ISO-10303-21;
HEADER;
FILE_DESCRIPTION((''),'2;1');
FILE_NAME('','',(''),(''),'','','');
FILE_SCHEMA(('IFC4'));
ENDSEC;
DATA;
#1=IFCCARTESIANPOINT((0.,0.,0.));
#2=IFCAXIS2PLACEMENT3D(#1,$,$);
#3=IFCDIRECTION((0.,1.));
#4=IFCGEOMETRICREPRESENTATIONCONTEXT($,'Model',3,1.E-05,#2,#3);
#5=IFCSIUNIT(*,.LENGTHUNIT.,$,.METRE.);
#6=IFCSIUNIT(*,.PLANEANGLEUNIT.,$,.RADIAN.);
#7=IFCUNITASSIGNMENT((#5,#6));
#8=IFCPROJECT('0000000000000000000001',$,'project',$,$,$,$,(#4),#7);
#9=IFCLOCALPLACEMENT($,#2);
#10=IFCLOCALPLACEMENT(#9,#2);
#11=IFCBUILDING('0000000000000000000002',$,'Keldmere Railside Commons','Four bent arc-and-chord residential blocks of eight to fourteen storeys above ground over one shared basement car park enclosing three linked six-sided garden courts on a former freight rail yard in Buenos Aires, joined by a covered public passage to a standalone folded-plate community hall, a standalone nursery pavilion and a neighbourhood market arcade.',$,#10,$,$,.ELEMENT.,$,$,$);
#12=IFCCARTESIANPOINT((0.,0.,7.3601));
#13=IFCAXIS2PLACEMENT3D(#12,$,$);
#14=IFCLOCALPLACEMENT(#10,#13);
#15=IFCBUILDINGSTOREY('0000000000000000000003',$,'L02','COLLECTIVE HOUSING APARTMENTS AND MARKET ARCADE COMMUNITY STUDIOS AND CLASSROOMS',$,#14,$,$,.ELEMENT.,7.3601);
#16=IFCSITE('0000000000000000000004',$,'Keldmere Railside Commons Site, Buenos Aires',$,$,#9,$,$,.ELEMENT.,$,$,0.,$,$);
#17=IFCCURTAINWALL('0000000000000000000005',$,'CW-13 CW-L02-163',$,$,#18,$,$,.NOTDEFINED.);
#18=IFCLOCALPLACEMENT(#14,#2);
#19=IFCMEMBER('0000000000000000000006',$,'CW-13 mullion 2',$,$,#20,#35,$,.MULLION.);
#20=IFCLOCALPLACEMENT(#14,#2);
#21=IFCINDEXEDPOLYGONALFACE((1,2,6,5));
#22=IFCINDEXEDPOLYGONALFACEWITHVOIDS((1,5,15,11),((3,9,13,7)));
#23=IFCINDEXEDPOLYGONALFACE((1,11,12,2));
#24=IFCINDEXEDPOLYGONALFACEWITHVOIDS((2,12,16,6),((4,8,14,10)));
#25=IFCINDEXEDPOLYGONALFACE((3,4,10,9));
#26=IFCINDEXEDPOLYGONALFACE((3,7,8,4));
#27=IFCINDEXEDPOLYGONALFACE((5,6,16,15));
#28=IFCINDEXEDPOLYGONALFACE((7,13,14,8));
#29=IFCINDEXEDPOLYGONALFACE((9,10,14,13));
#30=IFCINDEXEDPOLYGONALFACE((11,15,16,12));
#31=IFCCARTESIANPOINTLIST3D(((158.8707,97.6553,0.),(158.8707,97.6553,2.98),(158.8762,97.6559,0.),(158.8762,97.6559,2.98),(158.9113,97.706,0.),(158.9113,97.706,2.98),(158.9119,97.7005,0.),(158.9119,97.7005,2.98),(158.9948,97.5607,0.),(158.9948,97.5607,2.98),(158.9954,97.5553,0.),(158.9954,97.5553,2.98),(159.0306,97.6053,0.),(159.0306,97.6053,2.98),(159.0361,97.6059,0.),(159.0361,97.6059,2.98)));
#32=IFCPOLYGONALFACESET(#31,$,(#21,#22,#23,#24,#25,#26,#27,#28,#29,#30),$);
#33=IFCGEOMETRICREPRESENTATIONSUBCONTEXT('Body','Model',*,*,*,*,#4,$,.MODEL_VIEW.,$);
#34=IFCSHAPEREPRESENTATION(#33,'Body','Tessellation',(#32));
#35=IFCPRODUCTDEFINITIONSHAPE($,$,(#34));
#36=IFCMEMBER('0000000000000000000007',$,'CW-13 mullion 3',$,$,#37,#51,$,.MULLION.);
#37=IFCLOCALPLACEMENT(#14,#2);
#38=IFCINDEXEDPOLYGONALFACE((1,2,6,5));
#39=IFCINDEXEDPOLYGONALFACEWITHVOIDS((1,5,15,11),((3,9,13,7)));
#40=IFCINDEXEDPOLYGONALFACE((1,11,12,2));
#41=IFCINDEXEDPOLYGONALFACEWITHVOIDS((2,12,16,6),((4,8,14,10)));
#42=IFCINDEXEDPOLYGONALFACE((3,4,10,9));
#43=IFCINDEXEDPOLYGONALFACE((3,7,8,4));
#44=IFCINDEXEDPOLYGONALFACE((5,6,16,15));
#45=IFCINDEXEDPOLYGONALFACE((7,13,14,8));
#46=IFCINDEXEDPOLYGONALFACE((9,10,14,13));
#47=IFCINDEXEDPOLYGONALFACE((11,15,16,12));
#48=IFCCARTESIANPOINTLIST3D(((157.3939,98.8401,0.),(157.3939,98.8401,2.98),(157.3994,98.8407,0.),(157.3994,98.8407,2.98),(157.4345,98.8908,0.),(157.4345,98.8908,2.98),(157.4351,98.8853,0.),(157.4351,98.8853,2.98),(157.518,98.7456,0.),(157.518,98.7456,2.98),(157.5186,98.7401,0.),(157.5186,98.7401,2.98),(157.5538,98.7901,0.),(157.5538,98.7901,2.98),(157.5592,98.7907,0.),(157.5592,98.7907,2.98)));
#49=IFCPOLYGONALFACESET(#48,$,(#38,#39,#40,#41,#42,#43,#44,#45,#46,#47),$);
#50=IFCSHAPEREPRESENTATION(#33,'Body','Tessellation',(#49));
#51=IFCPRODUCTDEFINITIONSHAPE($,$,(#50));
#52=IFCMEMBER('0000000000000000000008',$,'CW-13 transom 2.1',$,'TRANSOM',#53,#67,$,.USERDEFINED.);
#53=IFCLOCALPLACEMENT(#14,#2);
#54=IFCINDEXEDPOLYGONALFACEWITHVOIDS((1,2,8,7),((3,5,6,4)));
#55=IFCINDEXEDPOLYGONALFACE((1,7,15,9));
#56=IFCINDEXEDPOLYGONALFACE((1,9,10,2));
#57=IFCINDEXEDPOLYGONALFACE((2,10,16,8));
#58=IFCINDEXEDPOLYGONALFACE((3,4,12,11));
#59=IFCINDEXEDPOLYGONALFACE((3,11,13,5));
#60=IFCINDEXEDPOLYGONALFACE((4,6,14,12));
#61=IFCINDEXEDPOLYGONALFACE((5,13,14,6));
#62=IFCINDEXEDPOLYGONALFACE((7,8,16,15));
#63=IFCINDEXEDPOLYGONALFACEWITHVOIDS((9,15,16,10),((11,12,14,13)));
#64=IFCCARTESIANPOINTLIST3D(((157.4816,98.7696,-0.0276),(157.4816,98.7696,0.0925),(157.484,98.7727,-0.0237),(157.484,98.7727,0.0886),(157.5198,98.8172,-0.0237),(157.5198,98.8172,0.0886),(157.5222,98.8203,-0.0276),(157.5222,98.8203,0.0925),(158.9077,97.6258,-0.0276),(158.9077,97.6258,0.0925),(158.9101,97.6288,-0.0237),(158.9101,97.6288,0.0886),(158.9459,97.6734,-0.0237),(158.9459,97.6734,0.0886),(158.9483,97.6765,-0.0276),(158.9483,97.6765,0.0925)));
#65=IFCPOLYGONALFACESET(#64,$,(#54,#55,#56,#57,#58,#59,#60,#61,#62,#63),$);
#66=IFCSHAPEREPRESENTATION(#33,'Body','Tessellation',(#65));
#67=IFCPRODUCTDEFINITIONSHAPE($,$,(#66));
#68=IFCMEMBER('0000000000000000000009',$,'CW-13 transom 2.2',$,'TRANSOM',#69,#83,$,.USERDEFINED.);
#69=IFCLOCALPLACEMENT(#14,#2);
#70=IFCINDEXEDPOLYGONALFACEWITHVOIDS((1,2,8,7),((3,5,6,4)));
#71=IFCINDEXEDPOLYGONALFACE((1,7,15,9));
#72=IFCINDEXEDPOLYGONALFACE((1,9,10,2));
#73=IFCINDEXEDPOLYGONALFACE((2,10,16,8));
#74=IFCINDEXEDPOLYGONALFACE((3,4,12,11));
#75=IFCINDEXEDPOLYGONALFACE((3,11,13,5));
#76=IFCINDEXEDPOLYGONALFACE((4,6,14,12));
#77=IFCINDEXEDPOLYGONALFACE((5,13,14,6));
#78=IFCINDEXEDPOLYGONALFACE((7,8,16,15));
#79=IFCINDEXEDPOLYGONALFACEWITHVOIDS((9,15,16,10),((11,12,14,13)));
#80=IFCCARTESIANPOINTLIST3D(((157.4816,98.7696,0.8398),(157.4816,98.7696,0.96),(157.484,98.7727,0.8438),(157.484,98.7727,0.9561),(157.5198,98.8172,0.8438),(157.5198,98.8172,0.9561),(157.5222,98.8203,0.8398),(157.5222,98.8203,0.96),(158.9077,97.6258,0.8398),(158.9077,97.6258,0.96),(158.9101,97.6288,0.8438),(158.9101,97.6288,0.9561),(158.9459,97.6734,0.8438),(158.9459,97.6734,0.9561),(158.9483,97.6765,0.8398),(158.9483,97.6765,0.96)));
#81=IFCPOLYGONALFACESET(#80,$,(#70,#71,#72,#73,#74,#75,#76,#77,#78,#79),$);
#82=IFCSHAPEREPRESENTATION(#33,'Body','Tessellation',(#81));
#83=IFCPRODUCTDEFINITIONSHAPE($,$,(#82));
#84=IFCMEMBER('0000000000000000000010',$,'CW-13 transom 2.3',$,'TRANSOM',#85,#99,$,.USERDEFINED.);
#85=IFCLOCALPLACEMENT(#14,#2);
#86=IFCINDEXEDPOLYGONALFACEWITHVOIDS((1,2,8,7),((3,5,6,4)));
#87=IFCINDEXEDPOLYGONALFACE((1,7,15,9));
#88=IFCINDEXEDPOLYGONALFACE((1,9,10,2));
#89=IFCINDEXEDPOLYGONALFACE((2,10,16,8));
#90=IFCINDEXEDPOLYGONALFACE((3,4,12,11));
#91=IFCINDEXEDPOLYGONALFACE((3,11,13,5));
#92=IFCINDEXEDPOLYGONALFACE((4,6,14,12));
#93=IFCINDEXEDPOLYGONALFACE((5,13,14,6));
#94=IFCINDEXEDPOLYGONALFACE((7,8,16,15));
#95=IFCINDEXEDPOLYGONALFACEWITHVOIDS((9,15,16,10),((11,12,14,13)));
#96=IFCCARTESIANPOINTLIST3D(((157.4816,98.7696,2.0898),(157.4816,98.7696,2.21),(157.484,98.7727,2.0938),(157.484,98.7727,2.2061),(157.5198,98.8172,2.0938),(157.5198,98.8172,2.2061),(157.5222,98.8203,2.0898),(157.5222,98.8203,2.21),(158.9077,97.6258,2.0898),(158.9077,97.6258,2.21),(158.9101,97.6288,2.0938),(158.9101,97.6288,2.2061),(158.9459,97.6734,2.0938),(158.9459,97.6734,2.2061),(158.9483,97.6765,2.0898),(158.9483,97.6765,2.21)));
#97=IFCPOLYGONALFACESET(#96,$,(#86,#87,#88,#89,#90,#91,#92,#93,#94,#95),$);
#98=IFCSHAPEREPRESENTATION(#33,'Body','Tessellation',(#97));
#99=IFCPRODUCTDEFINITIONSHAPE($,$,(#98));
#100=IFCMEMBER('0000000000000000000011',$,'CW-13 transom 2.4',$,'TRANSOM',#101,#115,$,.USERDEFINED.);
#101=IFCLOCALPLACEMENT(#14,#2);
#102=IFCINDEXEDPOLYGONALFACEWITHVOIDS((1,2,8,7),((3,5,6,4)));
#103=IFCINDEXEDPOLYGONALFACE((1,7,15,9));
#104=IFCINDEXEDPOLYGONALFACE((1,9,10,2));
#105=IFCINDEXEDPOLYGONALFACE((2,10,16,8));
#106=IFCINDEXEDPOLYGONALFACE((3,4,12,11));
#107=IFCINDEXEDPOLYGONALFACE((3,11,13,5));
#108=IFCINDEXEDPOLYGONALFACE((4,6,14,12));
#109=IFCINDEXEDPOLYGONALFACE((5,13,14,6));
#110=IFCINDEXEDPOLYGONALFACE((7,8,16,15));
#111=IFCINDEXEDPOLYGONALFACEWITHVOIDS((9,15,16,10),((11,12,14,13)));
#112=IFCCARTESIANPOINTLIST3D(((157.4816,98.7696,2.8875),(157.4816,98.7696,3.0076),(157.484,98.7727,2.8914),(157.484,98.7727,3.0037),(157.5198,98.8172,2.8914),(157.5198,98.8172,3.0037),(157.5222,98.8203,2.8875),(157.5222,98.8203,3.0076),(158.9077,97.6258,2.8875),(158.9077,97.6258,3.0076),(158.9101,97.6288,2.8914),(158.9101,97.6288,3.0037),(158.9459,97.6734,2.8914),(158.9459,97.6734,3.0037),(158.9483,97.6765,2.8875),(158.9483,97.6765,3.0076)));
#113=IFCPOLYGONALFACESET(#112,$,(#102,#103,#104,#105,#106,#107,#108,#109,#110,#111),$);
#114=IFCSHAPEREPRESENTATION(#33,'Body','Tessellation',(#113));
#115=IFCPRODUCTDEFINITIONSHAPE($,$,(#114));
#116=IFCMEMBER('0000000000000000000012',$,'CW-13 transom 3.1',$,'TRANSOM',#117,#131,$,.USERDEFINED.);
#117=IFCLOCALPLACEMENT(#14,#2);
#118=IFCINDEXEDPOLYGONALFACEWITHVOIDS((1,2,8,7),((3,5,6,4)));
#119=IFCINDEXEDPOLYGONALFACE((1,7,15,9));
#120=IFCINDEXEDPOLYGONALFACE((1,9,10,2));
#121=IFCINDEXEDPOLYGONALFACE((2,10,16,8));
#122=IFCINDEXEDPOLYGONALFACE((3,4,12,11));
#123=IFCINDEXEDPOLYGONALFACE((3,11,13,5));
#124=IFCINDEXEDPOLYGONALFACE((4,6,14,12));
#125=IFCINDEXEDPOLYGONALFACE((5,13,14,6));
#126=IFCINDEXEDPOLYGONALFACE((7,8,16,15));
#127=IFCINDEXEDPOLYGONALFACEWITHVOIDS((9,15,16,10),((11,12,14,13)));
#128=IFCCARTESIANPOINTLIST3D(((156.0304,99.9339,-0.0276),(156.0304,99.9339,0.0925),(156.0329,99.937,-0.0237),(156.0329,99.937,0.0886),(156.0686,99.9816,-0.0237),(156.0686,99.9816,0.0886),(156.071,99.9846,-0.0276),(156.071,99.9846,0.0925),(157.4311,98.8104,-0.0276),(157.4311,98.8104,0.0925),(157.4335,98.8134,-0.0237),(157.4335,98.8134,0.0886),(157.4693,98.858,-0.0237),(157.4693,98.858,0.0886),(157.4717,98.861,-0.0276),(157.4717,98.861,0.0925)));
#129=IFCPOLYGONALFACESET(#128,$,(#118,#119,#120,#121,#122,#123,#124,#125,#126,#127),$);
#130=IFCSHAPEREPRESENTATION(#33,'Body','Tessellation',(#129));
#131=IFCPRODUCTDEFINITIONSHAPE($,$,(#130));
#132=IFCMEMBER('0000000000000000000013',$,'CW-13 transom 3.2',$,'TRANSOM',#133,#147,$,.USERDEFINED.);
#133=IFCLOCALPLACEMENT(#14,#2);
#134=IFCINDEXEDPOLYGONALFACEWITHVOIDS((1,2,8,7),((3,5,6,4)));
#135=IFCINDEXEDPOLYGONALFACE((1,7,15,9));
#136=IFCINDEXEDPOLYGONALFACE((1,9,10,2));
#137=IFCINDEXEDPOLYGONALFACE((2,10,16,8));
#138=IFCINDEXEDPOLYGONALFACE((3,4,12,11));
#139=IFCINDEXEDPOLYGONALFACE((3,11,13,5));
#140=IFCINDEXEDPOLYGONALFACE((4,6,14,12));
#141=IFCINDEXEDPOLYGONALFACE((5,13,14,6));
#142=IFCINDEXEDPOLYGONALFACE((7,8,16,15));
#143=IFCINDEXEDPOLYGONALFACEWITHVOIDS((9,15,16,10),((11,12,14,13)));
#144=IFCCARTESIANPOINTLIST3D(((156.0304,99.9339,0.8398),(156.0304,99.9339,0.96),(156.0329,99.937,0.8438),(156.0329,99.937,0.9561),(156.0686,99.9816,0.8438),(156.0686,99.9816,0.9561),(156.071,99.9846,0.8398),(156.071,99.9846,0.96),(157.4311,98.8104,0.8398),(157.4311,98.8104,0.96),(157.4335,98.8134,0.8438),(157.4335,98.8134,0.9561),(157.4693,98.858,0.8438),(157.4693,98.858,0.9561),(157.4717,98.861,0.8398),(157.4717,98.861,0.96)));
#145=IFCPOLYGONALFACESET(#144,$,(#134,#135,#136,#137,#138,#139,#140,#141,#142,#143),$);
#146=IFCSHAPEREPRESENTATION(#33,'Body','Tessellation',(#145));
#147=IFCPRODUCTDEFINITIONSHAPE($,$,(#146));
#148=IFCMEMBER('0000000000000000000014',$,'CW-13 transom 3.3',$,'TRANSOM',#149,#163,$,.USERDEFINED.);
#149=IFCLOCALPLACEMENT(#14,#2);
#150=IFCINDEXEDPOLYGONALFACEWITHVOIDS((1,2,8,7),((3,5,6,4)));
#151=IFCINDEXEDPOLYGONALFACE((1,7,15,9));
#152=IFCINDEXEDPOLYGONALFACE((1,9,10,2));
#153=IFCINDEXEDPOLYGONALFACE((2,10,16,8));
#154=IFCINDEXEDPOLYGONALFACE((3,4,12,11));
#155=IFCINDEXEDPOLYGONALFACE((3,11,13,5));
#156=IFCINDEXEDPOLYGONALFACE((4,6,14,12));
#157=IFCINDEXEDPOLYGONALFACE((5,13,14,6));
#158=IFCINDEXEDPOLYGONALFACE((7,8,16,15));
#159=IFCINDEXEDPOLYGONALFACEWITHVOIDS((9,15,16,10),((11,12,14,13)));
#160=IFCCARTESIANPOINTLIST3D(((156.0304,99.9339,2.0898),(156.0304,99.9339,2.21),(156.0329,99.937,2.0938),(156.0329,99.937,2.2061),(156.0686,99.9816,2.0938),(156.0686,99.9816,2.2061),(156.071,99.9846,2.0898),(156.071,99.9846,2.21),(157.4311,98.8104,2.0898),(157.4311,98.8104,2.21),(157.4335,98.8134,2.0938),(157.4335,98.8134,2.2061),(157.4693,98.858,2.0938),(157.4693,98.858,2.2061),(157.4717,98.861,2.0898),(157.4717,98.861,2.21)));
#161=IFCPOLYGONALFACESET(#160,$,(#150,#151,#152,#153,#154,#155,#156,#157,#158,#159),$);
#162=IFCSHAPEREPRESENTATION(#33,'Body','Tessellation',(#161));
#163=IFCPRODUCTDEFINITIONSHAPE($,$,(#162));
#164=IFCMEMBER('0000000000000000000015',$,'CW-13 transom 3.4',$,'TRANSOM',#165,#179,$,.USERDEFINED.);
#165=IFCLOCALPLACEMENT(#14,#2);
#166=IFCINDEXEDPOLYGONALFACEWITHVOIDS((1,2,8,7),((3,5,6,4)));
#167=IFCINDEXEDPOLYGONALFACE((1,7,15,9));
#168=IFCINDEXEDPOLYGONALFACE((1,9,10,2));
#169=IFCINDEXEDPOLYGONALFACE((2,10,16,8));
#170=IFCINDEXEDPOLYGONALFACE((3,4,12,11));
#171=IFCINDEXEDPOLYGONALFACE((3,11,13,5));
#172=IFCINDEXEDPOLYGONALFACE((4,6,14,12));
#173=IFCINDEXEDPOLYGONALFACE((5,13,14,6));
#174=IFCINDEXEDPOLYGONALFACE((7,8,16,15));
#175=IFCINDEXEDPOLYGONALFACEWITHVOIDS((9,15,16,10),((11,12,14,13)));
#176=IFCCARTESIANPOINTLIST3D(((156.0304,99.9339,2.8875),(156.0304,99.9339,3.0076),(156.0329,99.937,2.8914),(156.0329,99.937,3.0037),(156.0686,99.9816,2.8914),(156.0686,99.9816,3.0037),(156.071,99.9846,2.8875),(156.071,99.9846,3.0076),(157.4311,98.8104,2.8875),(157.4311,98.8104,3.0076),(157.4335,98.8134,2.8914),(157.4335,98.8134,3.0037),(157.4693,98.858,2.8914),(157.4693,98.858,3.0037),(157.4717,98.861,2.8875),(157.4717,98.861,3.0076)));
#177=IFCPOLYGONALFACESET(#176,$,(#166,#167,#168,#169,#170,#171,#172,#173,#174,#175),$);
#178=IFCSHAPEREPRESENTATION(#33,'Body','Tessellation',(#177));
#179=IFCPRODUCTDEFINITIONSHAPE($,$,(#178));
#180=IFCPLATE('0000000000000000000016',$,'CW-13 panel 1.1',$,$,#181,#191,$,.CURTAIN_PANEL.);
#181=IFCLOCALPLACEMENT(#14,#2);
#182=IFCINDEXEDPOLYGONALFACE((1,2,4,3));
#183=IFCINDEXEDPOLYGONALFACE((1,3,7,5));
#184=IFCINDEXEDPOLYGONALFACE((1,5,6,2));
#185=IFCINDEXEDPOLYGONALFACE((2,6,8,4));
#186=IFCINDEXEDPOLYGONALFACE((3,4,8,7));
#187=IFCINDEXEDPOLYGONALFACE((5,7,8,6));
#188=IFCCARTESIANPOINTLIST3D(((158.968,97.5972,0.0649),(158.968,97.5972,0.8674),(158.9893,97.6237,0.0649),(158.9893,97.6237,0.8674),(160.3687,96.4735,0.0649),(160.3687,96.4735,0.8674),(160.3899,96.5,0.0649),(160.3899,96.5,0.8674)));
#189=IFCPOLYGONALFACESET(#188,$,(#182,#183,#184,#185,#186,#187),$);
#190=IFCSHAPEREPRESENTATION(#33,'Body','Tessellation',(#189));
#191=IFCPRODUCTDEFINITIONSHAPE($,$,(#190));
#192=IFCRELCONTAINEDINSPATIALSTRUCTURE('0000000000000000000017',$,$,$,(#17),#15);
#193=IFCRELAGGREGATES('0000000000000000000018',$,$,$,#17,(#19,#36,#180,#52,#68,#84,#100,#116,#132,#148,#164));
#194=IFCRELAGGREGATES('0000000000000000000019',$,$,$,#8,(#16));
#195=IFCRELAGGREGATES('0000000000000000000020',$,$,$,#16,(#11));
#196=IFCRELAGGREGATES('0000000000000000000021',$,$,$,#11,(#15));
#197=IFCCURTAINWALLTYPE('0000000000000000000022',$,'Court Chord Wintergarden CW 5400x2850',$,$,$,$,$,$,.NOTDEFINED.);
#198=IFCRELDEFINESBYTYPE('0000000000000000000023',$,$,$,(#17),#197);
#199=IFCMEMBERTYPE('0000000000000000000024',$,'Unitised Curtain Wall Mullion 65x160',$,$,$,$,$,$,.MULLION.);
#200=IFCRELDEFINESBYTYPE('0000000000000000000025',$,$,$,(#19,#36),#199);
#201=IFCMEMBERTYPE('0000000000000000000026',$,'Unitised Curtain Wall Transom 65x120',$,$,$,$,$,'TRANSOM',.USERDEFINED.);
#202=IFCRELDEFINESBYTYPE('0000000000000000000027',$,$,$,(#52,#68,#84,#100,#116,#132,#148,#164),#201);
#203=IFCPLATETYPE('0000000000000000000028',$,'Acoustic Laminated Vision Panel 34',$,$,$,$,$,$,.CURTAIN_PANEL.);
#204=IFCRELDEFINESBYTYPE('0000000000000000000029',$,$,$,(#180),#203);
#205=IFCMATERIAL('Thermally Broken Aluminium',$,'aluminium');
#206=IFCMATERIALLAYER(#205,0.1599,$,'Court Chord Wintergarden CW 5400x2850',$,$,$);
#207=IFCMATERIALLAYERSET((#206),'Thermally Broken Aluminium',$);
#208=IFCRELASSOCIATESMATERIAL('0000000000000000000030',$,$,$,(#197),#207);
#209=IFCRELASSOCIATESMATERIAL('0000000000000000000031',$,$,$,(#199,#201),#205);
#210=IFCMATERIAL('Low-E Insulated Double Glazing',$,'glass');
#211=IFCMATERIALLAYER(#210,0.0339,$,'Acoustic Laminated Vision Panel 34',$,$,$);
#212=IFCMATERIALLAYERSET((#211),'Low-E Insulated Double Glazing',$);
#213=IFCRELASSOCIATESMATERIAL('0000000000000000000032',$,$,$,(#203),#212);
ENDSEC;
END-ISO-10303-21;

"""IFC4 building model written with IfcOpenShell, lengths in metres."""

from ifc_helpers import new_model, si_unit, direction, frame, origin, origin_2d, place, context, subcontext, project, spatial, rectangle, hollow_rectangle, extrude, material, layer, layer_set, material_profile, profile_set, type_object, element, aggregate, save


model = new_model("IFC4")

# Units and contexts
model_context = context("Model", 3, precision=1e-05, world=origin(), true_north=direction((0.0, 1.0)))
body_context = subcontext(model_context, "Body", "Model", "MODEL_VIEW")
ifc_project = project(units=[si_unit("LENGTHUNIT", "METRE"), si_unit("PLANEANGLEUNIT", "RADIAN")], contexts=[model_context])

# Site, building, storey
site_placement = place(None, origin())
site = spatial("IfcSite", under=ifc_project, at=site_placement, Name="Keldmere Railside Commons Site, Buenos Aires", CompositionType="ELEMENT", RefElevation=0.0)
building_placement = place(site_placement, origin())
building = spatial("IfcBuilding", under=site, at=building_placement, Name="Keldmere Railside Commons", Description="Four bent arc-and-chord residential blocks of eight to fourteen storeys above ground over one shared basement car park enclosing three linked six-sided garden courts on a former freight rail yard in Buenos Aires, joined by a covered public passage to a standalone folded-plate community hall, a standalone nursery pavilion and a neighbourhood market arcade.", CompositionType="ELEMENT")
storey_placement = place(building_placement, frame((0.0, 0.0, 7.3601)))
storey = spatial("IfcBuildingStorey", under=building, at=storey_placement, Name="L02", Description="COLLECTIVE HOUSING APARTMENTS AND MARKET ARCADE COMMUNITY STUDIOS AND CLASSROOMS", CompositionType="ELEMENT", Elevation=7.3601)

# Curtain wall, members, plate
ifc_material_1 = material(Name="Thermally Broken Aluminium", Category="aluminium")
ifc_layer_1 = layer(ifc_material_1, 0.1599, Name="Court Chord Wintergarden CW 5400x2850")
ifc_layer_set_1 = layer_set([ifc_layer_1], Name="Thermally Broken Aluminium")
curtain_wall_type = type_object("IfcCurtainWallType", Name="Court Chord Wintergarden CW 5400x2850", PredefinedType="NOTDEFINED", material=ifc_layer_set_1)
curtain_wall_placement = place(storey_placement, origin())
curtain_wall = element("IfcCurtainWall", 1, at=curtain_wall_placement, inside=storey, type_object=curtain_wall_type, Name="CW-13 CW-L02-163", PredefinedType="NOTDEFINED")
ifc_material_profile_1 = material_profile(ifc_material_1, hollow_rectangle(XDim=0.0649, YDim=0.1599, WallThickness=0.0039, at=origin_2d()), Name="ALU-MULL-65x160")
ifc_profile_set_1 = profile_set([ifc_material_profile_1], Name="Thermally Broken Aluminium")
member_type_1 = type_object("IfcMemberType", Name="Unitised Curtain Wall Mullion 65x160", PredefinedType="MULLION", material=ifc_profile_set_1)
member_1_placement = place(storey_placement, frame((158.9534, 97.6306, 0.0), z_axis=(0.0, 0.0, 1.0), x_axis=(-0.625768, -0.780009, 0.0)))
member_1 = element("IfcMember", 2, at=member_1_placement, type_object=member_type_1, Name="CW-13 mullion 2", PredefinedType="MULLION", context=body_context, shape_type="SweptSolid", body=[
    extrude(hollow_rectangle(XDim=0.0649, YDim=0.1599, WallThickness=0.0039, at=origin_2d()), origin(), (0.0, 0.0, 1.0), 2.98),
])
member_2_placement = place(storey_placement, frame((157.4766, 98.8154, 0.0), z_axis=(0.0, 0.0, 1.0), x_axis=(-0.625768, -0.780009, 0.0)))
member_2 = element("IfcMember", 3, at=member_2_placement, type_object=member_type_1, Name="CW-13 mullion 3", PredefinedType="MULLION", context=body_context, shape_type="SweptSolid", body=[
    extrude(hollow_rectangle(XDim=0.0649, YDim=0.1599, WallThickness=0.0039, at=origin_2d()), origin(), (0.0, 0.0, 1.0), 2.98),
])
ifc_material_profile_2 = material_profile(ifc_material_1, hollow_rectangle(XDim=0.0649, YDim=0.1201, WallThickness=0.0039, at=origin_2d()), Name="ALU-TRAN-65x120")
ifc_profile_set_2 = profile_set([ifc_material_profile_2], Name="Thermally Broken Aluminium")
member_type_2 = type_object("IfcMemberType", Name="Unitised Curtain Wall Transom 65x120", ElementType="TRANSOM", PredefinedType="USERDEFINED", material=ifc_profile_set_2)
member_3_placement = place(storey_placement, frame((158.928, 97.6511, 0.0325), z_axis=(-0.780073, 0.625688, 0.0), x_axis=(-0.625688, -0.780073, 0.0)))
member_3 = element("IfcMember", 4, at=member_3_placement, type_object=member_type_2, Name="CW-13 transom 2.1", ObjectType="TRANSOM", PredefinedType="USERDEFINED", context=body_context, shape_type="SweptSolid", body=[
    extrude(hollow_rectangle(XDim=0.0649, YDim=0.1201, WallThickness=0.0039, at=origin_2d()), origin(), (0.0, 0.0, 1.0), 1.8281),
])
member_4_placement = place(storey_placement, frame((158.928, 97.6511, 0.8999), z_axis=(-0.780073, 0.625688, 0.0), x_axis=(-0.625688, -0.780073, 0.0)))
member_4 = element("IfcMember", 5, at=member_4_placement, type_object=member_type_2, Name="CW-13 transom 2.2", ObjectType="TRANSOM", PredefinedType="USERDEFINED", context=body_context, shape_type="SweptSolid", body=[
    extrude(hollow_rectangle(XDim=0.0649, YDim=0.1201, WallThickness=0.0039, at=origin_2d()), origin(), (0.0, 0.0, 1.0), 1.8281),
])
member_5_placement = place(storey_placement, frame((158.928, 97.6511, 2.1499), z_axis=(-0.780073, 0.625688, 0.0), x_axis=(-0.625688, -0.780073, 0.0)))
member_5 = element("IfcMember", 6, at=member_5_placement, type_object=member_type_2, Name="CW-13 transom 2.3", ObjectType="TRANSOM", PredefinedType="USERDEFINED", context=body_context, shape_type="SweptSolid", body=[
    extrude(hollow_rectangle(XDim=0.0649, YDim=0.1201, WallThickness=0.0039, at=origin_2d()), origin(), (0.0, 0.0, 1.0), 1.8281),
])
member_6_placement = place(storey_placement, frame((158.928, 97.6511, 2.9475), z_axis=(-0.780073, 0.625688, 0.0), x_axis=(-0.625688, -0.780073, 0.0)))
member_6 = element("IfcMember", 7, at=member_6_placement, type_object=member_type_2, Name="CW-13 transom 2.4", ObjectType="TRANSOM", PredefinedType="USERDEFINED", context=body_context, shape_type="SweptSolid", body=[
    extrude(hollow_rectangle(XDim=0.0649, YDim=0.1201, WallThickness=0.0039, at=origin_2d()), origin(), (0.0, 0.0, 1.0), 1.8281),
])
member_7_placement = place(storey_placement, frame((157.4514, 98.8357, 0.0325), z_axis=(-0.780046, 0.625723, 0.0), x_axis=(-0.625723, -0.780046, 0.0)))
member_7 = element("IfcMember", 8, at=member_7_placement, type_object=member_type_2, Name="CW-13 transom 3.1", ObjectType="TRANSOM", PredefinedType="USERDEFINED", context=body_context, shape_type="SweptSolid", body=[
    extrude(hollow_rectangle(XDim=0.0649, YDim=0.1201, WallThickness=0.0039, at=origin_2d()), origin(), (0.0, 0.0, 1.0), 1.7957),
])
member_8_placement = place(storey_placement, frame((157.4514, 98.8357, 0.8999), z_axis=(-0.780046, 0.625723, 0.0), x_axis=(-0.625723, -0.780046, 0.0)))
member_8 = element("IfcMember", 9, at=member_8_placement, type_object=member_type_2, Name="CW-13 transom 3.2", ObjectType="TRANSOM", PredefinedType="USERDEFINED", context=body_context, shape_type="SweptSolid", body=[
    extrude(hollow_rectangle(XDim=0.0649, YDim=0.1201, WallThickness=0.0039, at=origin_2d()), origin(), (0.0, 0.0, 1.0), 1.7957),
])
member_9_placement = place(storey_placement, frame((157.4514, 98.8357, 2.1499), z_axis=(-0.780046, 0.625723, 0.0), x_axis=(-0.625723, -0.780046, 0.0)))
member_9 = element("IfcMember", 10, at=member_9_placement, type_object=member_type_2, Name="CW-13 transom 3.3", ObjectType="TRANSOM", PredefinedType="USERDEFINED", context=body_context, shape_type="SweptSolid", body=[
    extrude(hollow_rectangle(XDim=0.0649, YDim=0.1201, WallThickness=0.0039, at=origin_2d()), origin(), (0.0, 0.0, 1.0), 1.7957),
])
member_10_placement = place(storey_placement, frame((157.4514, 98.8357, 2.9475), z_axis=(-0.780046, 0.625723, 0.0), x_axis=(-0.625723, -0.780046, 0.0)))
member_10 = element("IfcMember", 11, at=member_10_placement, type_object=member_type_2, Name="CW-13 transom 3.4", ObjectType="TRANSOM", PredefinedType="USERDEFINED", context=body_context, shape_type="SweptSolid", body=[
    extrude(hollow_rectangle(XDim=0.0649, YDim=0.1201, WallThickness=0.0039, at=origin_2d()), origin(), (0.0, 0.0, 1.0), 1.7957),
])
ifc_material_2 = material(Name="Low-E Insulated Double Glazing", Category="glass")
ifc_layer_2 = layer(ifc_material_2, 0.0339, Name="Acoustic Laminated Vision Panel 34")
ifc_layer_set_2 = layer_set([ifc_layer_2], Name="Low-E Insulated Double Glazing")
plate_type = type_object("IfcPlateType", Name="Acoustic Laminated Vision Panel 34", PredefinedType="CURTAIN_PANEL", material=ifc_layer_set_2)
plate_1_placement = place(storey_placement, frame((159.679, 97.0486, 0.0649), z_axis=(0.0, 0.0, 1.0), x_axis=(-0.780009, 0.625768, 0.0)))
plate_1 = element("IfcPlate", 12, at=plate_1_placement, type_object=plate_type, Name="CW-13 panel 1.1", PredefinedType="CURTAIN_PANEL", context=body_context, shape_type="SweptSolid", body=[
    extrude(rectangle(XDim=1.7957, YDim=0.0339, at=origin_2d()), origin(), (0.0, 0.0, 1.0), 0.8025),
])
aggregate(curtain_wall, [member_1, member_2, plate_1, member_3, member_4, member_5, member_6, member_7, member_8, member_9, member_10])

save(model, "model.ifc")
